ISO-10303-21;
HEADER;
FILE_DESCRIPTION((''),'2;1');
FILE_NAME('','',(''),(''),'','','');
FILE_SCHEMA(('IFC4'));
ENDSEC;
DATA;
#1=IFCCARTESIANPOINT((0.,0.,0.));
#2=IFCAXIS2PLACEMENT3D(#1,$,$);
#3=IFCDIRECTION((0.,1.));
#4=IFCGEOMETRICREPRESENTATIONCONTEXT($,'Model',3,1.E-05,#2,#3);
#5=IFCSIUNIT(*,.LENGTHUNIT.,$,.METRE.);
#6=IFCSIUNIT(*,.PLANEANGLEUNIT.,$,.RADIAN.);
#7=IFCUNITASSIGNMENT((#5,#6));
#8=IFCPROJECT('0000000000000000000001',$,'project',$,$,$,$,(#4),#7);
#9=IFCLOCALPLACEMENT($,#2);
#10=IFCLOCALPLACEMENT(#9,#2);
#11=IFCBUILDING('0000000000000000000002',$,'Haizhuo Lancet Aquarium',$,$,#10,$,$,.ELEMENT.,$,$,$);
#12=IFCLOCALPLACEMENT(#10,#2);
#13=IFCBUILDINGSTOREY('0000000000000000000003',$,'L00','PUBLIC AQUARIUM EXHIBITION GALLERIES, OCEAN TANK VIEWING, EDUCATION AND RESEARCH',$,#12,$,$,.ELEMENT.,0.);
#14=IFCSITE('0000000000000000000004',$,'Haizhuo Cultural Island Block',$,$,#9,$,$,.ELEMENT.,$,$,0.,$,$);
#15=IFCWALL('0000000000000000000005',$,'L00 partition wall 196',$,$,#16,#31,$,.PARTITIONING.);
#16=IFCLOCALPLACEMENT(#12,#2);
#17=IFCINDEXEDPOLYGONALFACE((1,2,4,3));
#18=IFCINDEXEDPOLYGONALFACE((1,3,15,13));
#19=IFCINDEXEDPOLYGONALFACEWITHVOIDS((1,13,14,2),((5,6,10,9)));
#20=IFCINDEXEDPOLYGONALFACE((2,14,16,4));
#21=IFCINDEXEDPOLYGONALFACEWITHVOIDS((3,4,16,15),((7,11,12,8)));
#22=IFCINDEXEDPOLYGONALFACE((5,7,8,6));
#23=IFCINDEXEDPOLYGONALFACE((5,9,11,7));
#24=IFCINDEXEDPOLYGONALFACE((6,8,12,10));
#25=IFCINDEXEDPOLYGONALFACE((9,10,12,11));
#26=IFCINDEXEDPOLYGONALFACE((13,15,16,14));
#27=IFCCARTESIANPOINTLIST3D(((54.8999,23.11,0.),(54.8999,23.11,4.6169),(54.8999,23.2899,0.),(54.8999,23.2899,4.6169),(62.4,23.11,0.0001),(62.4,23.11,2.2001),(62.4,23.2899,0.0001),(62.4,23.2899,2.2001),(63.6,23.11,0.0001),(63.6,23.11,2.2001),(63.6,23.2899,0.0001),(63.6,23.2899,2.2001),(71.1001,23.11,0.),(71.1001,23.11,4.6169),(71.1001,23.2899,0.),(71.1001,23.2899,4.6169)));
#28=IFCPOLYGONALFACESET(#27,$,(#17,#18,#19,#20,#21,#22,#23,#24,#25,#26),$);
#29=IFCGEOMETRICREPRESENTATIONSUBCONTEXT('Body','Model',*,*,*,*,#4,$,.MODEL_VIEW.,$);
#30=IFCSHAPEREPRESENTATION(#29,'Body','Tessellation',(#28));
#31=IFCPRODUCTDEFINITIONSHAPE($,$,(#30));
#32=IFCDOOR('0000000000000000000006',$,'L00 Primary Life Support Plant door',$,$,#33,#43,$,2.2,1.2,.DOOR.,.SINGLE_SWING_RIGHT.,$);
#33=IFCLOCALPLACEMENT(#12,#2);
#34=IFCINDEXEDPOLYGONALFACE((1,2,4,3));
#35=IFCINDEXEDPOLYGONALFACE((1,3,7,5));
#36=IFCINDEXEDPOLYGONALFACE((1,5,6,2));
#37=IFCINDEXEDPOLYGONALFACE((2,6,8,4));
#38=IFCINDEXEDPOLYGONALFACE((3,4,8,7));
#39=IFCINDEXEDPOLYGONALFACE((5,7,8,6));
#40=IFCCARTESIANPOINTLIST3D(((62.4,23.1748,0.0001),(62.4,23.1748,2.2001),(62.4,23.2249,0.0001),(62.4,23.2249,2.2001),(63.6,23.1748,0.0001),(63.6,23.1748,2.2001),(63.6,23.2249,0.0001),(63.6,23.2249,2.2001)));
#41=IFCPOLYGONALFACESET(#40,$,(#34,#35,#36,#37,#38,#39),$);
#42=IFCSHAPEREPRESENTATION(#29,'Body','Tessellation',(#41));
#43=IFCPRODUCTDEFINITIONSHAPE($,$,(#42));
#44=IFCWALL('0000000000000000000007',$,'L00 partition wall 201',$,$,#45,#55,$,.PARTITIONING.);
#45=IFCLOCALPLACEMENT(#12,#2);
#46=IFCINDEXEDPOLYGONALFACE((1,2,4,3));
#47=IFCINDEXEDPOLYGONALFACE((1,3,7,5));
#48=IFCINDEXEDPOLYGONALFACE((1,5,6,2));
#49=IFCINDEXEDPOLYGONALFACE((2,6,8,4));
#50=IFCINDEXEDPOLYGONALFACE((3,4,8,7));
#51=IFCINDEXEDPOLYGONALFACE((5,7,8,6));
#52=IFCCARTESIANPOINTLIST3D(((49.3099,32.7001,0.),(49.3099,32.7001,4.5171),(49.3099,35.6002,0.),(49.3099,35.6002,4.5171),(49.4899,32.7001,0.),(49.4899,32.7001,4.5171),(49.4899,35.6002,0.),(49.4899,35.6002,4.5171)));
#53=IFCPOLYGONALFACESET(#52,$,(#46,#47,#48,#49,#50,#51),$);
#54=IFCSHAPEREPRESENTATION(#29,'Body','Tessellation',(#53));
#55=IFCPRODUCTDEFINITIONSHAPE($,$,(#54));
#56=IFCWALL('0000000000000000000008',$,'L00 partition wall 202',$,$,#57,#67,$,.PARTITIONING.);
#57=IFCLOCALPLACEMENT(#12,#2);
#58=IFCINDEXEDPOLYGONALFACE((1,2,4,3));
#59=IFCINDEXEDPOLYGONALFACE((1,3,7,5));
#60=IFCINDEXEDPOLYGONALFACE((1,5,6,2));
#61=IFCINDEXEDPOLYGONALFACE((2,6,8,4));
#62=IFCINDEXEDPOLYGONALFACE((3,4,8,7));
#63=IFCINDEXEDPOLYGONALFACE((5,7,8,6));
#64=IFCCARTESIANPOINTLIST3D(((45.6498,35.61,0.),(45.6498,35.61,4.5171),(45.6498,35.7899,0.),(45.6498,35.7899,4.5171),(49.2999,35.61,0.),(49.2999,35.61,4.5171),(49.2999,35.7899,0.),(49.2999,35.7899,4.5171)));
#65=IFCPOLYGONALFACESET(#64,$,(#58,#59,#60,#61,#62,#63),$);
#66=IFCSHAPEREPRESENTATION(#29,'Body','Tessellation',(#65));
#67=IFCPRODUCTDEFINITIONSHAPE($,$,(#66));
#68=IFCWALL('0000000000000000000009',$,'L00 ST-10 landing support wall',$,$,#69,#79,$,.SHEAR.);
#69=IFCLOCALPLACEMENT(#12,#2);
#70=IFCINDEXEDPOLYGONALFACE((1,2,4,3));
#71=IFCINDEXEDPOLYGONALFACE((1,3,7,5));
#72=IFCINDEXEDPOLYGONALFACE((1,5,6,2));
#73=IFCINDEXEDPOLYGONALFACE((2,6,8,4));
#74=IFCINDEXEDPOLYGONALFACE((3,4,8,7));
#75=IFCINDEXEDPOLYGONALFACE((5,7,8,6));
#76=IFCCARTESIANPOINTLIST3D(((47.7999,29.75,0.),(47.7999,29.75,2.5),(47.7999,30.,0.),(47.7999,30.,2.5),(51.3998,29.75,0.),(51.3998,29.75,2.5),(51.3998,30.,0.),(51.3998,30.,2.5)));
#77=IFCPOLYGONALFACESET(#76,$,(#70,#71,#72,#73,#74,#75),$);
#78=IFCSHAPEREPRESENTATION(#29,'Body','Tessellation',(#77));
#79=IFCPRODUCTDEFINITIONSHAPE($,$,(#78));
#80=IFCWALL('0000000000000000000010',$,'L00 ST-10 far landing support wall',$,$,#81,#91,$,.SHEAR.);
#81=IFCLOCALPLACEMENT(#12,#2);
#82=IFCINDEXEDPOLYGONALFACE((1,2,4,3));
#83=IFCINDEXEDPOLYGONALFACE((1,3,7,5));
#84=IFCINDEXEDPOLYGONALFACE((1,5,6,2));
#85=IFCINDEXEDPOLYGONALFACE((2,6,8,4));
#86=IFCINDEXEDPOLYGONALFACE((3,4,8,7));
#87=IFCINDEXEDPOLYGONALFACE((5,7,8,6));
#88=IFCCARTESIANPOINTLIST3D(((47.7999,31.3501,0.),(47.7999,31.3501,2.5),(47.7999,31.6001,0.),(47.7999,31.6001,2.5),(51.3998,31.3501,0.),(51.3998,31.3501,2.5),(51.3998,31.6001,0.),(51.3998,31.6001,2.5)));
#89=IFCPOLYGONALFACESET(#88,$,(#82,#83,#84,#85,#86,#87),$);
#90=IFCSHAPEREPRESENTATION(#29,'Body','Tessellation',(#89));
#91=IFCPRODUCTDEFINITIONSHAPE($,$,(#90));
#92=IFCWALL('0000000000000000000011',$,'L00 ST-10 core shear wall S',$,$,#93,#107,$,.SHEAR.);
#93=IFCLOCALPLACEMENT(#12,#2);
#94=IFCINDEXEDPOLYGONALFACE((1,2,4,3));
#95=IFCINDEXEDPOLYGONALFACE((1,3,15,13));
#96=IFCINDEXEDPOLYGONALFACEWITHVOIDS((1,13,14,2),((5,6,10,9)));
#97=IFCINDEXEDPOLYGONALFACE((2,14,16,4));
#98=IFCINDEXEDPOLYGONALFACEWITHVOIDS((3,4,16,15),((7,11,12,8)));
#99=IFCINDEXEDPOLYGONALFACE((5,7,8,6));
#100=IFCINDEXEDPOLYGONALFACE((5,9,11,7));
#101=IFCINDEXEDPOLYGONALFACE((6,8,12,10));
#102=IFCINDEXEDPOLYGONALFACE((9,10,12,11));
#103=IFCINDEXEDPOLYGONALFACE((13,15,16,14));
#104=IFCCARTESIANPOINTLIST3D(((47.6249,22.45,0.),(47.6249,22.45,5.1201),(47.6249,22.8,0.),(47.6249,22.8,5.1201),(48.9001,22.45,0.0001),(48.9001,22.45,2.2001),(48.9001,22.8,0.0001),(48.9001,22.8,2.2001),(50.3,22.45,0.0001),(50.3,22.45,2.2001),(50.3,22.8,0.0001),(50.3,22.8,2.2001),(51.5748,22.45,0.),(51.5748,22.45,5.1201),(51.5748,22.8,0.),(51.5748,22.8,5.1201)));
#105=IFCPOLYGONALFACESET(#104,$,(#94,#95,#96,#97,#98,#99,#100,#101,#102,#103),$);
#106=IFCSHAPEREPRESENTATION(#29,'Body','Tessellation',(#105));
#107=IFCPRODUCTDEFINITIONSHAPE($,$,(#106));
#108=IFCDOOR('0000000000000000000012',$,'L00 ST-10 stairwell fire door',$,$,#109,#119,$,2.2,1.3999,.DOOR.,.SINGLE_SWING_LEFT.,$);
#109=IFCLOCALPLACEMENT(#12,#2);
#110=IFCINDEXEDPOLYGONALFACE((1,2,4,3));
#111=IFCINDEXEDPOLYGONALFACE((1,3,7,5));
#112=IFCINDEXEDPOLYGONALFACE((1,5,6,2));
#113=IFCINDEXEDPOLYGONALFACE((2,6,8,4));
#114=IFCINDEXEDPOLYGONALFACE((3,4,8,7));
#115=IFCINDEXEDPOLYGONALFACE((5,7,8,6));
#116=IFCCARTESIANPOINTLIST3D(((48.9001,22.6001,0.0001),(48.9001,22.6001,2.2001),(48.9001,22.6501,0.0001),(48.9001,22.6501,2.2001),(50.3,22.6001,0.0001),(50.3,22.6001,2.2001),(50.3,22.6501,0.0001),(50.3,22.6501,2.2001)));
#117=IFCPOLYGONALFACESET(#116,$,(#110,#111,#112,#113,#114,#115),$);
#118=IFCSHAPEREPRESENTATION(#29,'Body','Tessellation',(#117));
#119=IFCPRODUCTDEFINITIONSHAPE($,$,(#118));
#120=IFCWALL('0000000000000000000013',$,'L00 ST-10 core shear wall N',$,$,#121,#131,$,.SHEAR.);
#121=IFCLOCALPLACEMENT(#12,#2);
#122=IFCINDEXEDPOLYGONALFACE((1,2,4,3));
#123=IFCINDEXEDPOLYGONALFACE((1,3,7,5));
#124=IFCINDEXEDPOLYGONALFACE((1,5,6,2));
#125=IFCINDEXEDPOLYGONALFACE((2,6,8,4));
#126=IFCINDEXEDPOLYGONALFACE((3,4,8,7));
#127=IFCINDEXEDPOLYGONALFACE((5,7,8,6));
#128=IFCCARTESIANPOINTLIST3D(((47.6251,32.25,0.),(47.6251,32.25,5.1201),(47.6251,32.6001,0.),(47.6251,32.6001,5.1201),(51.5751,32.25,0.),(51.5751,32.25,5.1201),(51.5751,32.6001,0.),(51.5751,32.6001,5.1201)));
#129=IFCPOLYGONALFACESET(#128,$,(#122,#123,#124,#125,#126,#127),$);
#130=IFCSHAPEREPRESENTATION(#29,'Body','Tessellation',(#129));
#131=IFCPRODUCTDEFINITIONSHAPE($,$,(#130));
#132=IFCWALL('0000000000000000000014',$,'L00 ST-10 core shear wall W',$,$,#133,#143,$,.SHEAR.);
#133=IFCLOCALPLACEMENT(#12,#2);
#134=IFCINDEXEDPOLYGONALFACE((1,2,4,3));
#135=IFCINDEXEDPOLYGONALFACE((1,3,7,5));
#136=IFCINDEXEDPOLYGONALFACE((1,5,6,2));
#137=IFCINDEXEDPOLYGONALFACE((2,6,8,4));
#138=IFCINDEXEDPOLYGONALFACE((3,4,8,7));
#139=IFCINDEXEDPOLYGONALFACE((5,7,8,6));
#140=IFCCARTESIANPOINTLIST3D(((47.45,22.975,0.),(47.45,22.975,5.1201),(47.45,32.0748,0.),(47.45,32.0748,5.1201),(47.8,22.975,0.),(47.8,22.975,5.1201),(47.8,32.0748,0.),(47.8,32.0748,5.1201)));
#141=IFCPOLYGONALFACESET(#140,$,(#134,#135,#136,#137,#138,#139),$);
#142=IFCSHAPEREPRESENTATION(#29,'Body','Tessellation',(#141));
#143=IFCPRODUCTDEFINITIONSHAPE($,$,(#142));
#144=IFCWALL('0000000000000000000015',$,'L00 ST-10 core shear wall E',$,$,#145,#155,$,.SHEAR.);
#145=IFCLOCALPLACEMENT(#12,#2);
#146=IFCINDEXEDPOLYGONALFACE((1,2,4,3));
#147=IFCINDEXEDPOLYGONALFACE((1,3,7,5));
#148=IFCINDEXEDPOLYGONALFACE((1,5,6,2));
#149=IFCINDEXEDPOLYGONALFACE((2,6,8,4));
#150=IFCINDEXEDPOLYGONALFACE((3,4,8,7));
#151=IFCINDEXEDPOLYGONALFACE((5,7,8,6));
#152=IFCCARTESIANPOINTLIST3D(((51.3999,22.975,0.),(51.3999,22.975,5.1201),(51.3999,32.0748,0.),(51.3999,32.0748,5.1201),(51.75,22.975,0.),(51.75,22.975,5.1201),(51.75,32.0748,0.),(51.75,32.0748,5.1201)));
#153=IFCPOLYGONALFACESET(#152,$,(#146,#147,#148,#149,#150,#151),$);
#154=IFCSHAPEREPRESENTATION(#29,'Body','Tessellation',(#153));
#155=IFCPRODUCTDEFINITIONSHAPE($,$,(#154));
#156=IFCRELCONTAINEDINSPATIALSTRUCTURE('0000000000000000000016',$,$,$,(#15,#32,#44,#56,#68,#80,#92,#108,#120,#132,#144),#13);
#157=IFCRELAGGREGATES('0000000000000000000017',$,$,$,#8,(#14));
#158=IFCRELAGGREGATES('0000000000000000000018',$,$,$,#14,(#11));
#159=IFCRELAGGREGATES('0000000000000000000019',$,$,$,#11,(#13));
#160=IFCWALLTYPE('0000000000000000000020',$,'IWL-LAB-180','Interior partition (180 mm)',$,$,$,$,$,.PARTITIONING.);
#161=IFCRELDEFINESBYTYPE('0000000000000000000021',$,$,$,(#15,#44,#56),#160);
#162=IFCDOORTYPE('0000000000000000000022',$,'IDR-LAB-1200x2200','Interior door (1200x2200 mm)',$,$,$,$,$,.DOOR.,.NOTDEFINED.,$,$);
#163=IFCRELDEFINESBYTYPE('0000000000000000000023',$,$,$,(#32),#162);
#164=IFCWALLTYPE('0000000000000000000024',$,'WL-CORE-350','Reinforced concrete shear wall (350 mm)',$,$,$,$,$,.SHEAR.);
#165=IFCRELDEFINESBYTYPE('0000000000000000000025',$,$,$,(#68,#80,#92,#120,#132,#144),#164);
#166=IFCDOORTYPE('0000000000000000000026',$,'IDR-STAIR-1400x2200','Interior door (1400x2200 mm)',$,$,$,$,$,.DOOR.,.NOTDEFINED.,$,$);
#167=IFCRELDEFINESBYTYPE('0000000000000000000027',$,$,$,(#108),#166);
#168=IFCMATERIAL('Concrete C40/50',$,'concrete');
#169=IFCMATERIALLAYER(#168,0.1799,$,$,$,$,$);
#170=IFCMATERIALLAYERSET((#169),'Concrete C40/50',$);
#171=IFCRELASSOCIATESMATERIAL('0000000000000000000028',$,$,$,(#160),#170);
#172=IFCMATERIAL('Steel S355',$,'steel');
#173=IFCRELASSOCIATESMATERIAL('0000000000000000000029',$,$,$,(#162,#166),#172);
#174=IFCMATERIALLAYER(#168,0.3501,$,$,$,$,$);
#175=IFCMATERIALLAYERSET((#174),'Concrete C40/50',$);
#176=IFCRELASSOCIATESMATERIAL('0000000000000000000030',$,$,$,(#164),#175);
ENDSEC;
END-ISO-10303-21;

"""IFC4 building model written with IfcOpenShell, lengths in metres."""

from ifc_helpers import new_model, si_unit, direction, frame, frame_2d, origin, place, context, subcontext, project, spatial, rectangle, extrude, material, layer, layer_set, type_object, element, fill, save


model = new_model("IFC4")

# Units and contexts
model_context = context("Model", 3, precision=1e-05, world=origin(), true_north=direction((0.0, 1.0)))
body_context = subcontext(model_context, "Body", "Model", "MODEL_VIEW")
ifc_project = project(units=[si_unit("LENGTHUNIT", "METRE"), si_unit("PLANEANGLEUNIT", "RADIAN")], contexts=[model_context])

# Site, building, storey
site_placement = place(None, origin())
site = spatial("IfcSite", under=ifc_project, at=site_placement, Name="Haizhuo Cultural Island Block", CompositionType="ELEMENT", RefElevation=0.0)
building_placement = place(site_placement, origin())
building = spatial("IfcBuilding", under=site, at=building_placement, Name="Haizhuo Lancet Aquarium", CompositionType="ELEMENT")
storey_placement = place(building_placement, origin())
storey = spatial("IfcBuildingStorey", under=building, at=storey_placement, Name="L00", Description="PUBLIC AQUARIUM EXHIBITION GALLERIES, OCEAN TANK VIEWING, EDUCATION AND RESEARCH", CompositionType="ELEMENT", Elevation=0.0)

# Shared definitions
ifc_material_1 = material(Name="Steel S355", Category="steel")

# Shared definitions
ifc_material_2 = material(Name="Concrete C40/50", Category="concrete")
ifc_layer_1 = layer(ifc_material_2, 0.1799)
ifc_layer_set_1 = layer_set([ifc_layer_1], Name="Concrete C40/50")
wall_type_1 = type_object("IfcWallType", Name="IWL-LAB-180", Description="Interior partition (180 mm)", PredefinedType="PARTITIONING", material=ifc_layer_set_1)

# Wall, opening, door
wall_1_placement = place(storey_placement, frame((54.8999, 23.2, 0.0), z_axis=(0.0, 0.0, 1.0), x_axis=(1.0, 0.0, 0.0)))
wall_1 = element("IfcWall", 1, at=wall_1_placement, inside=storey, type_object=wall_type_1, Name="L00 partition wall 196", PredefinedType="PARTITIONING", context=body_context, shape_type="SweptSolid", body=[
    extrude(rectangle(XDim=16.2002, YDim=0.1799, at=frame_2d((8.1001, 0.0))), origin(), (0.0, 0.0, 1.0), 4.6169),
])
opening_1_placement = place(wall_1_placement, frame((7.5, 0.0, 0.0)))
opening_1 = element("IfcOpeningElement", 2, at=opening_1_placement, cuts=wall_1, PredefinedType="OPENING", context=body_context, shape_type="SweptSolid", body=[
    extrude(rectangle(XDim=1.2, YDim=2.2, at=frame_2d((0.6001, 1.1001))), frame((0.0, 0.0999, 0.0), z_axis=(0.0, -1.0, 0.0), x_axis=(1.0, 0.0, 0.0)), (0.0, 0.0, 1.0), 0.1999),
])
door_type_1 = type_object("IfcDoorType", Name="IDR-LAB-1200x2200", Description="Interior door (1200x2200 mm)", OperationType="NOTDEFINED", PredefinedType="DOOR", material=ifc_material_1)
door_1_placement = place(opening_1_placement, origin())
door_1 = element("IfcDoor", 3, at=door_1_placement, inside=storey, type_object=door_type_1, Name="L00 Primary Life Support Plant door", OperationType="SINGLE_SWING_RIGHT", OverallHeight=2.2, OverallWidth=1.2, PredefinedType="DOOR", context=body_context, shape_type="SweptSolid", body=[
    extrude(rectangle(XDim=1.2, YDim=2.2, at=frame_2d((0.6001, 1.1001))), frame((0.0, 0.0249, 0.0), z_axis=(0.0, -1.0, 0.0), x_axis=(1.0, 0.0, 0.0)), (0.0, 0.0, 1.0), 0.05),
])
fill(opening_1, door_1)

# Walls
wall_2_placement = place(storey_placement, frame((49.3999, 32.7, 0.0), z_axis=(0.0, 0.0, 1.0), x_axis=(0.0, 1.0, 0.0)))
element("IfcWall", 4, at=wall_2_placement, inside=storey, type_object=wall_type_1, Name="L00 partition wall 201", PredefinedType="PARTITIONING", context=body_context, shape_type="SweptSolid", body=[
    extrude(rectangle(XDim=2.9001, YDim=0.1799, at=frame_2d((1.4502, 0.0))), origin(), (0.0, 0.0, 1.0), 4.5171),
])
wall_3_placement = place(storey_placement, frame((49.3, 35.7, 0.0), z_axis=(0.0, 0.0, 1.0), x_axis=(-1.0, 0.0, 0.0)))
element("IfcWall", 5, at=wall_3_placement, inside=storey, type_object=wall_type_1, Name="L00 partition wall 202", PredefinedType="PARTITIONING", context=body_context, shape_type="SweptSolid", body=[
    extrude(rectangle(XDim=3.6501, YDim=0.1799, at=frame_2d((1.8252, 0.0))), origin(), (0.0, 0.0, 1.0), 4.5171),
])
ifc_layer_2 = layer(ifc_material_2, 0.3501)
ifc_layer_set_2 = layer_set([ifc_layer_2], Name="Concrete C40/50")
wall_type_2 = type_object("IfcWallType", Name="WL-CORE-350", Description="Reinforced concrete shear wall (350 mm)", PredefinedType="SHEAR", material=ifc_layer_set_2)
for number, where, z_axis, x_axis, name in (
    (6, (47.8, 29.875, 0.0), (0.0, 0.0, 1.0), (1.0, 0.0, 0.0), "L00 ST-10 landing support wall"),
    (7, (47.8, 31.4751, 0.0), (0.0, 0.0, 1.0), (1.0, 0.0, 0.0), "L00 ST-10 far landing support wall"),
):
    element("IfcWall", number, at=place(storey_placement, frame(where, z_axis=z_axis, x_axis=x_axis)), inside=storey, type_object=wall_type_2, Name=name, PredefinedType="SHEAR", context=body_context, shape_type="SweptSolid", body=[
        extrude(rectangle(XDim=3.5999, YDim=0.25, at=frame_2d((1.7998, 0.0))), origin(), (0.0, 0.0, 1.0), 2.5),
    ])

# Wall, opening, door
wall_4_placement = place(storey_placement, frame((51.575, 22.625, 0.0), z_axis=(0.0, 0.0, 1.0), x_axis=(-1.0, 0.0, 0.0)))
wall_4 = element("IfcWall", 8, at=wall_4_placement, inside=storey, type_object=wall_type_2, Name="L00 ST-10 core shear wall S", PredefinedType="SHEAR", context=body_context, shape_type="SweptSolid", body=[
    extrude(rectangle(XDim=3.95, YDim=0.3501, at=frame_2d((1.9751, 0.0))), origin(), (0.0, 0.0, 1.0), 5.1201),
])
opening_2_placement = place(wall_4_placement, frame((1.2749, 0.0, 0.0)))
opening_2 = element("IfcOpeningElement", 9, at=opening_2_placement, cuts=wall_4, PredefinedType="OPENING", context=body_context, shape_type="SweptSolid", body=[
    extrude(rectangle(XDim=1.3999, YDim=2.2, at=frame_2d((0.7, 1.1001))), frame((0.0, 0.1851, 0.0), z_axis=(0.0, -1.0, 0.0), x_axis=(1.0, 0.0, 0.0)), (0.0, 0.0, 1.0), 0.3701),
])
door_type_2 = type_object("IfcDoorType", Name="IDR-STAIR-1400x2200", Description="Interior door (1400x2200 mm)", OperationType="NOTDEFINED", PredefinedType="DOOR", material=ifc_material_1)
door_2_placement = place(opening_2_placement, origin())
door_2 = element("IfcDoor", 10, at=door_2_placement, inside=storey, type_object=door_type_2, Name="L00 ST-10 stairwell fire door", OperationType="SINGLE_SWING_LEFT", OverallHeight=2.2, OverallWidth=1.3999, PredefinedType="DOOR", context=body_context, shape_type="SweptSolid", body=[
    extrude(rectangle(XDim=1.3999, YDim=2.2, at=frame_2d((0.7, 1.1001))), frame((0.0, 0.0249, 0.0), z_axis=(0.0, -1.0, 0.0), x_axis=(1.0, 0.0, 0.0)), (0.0, 0.0, 1.0), 0.05),
])
fill(opening_2, door_2)

# Walls
wall_5_placement = place(storey_placement, frame((47.625, 32.425, 0.0), z_axis=(0.0, 0.0, 1.0), x_axis=(1.0, 0.0, 0.0)))
element("IfcWall", 11, at=wall_5_placement, inside=storey, type_object=wall_type_2, Name="L00 ST-10 core shear wall N", PredefinedType="SHEAR", context=body_context, shape_type="SweptSolid", body=[
    extrude(rectangle(XDim=3.95, YDim=0.3501, at=frame_2d((1.9751, 0.0))), origin(), (0.0, 0.0, 1.0), 5.1201),
])
for number, where, z_axis, x_axis, name in (
    (12, (47.625, 22.9751, 0.0), (0.0, 0.0, 1.0), (0.0, 1.0, 0.0), "L00 ST-10 core shear wall W"),
    (13, (51.575, 22.9751, 0.0), (0.0, 0.0, 1.0), (0.0, 1.0, 0.0), "L00 ST-10 core shear wall E"),
):
    element("IfcWall", number, at=place(storey_placement, frame(where, z_axis=z_axis, x_axis=x_axis)), inside=storey, type_object=wall_type_2, Name=name, PredefinedType="SHEAR", context=body_context, shape_type="SweptSolid", body=[
        extrude(rectangle(XDim=9.0999, YDim=0.3501, at=frame_2d((4.5498, 0.0))), origin(), (0.0, 0.0, 1.0), 5.1201),
    ])

save(model, "model.ifc")
